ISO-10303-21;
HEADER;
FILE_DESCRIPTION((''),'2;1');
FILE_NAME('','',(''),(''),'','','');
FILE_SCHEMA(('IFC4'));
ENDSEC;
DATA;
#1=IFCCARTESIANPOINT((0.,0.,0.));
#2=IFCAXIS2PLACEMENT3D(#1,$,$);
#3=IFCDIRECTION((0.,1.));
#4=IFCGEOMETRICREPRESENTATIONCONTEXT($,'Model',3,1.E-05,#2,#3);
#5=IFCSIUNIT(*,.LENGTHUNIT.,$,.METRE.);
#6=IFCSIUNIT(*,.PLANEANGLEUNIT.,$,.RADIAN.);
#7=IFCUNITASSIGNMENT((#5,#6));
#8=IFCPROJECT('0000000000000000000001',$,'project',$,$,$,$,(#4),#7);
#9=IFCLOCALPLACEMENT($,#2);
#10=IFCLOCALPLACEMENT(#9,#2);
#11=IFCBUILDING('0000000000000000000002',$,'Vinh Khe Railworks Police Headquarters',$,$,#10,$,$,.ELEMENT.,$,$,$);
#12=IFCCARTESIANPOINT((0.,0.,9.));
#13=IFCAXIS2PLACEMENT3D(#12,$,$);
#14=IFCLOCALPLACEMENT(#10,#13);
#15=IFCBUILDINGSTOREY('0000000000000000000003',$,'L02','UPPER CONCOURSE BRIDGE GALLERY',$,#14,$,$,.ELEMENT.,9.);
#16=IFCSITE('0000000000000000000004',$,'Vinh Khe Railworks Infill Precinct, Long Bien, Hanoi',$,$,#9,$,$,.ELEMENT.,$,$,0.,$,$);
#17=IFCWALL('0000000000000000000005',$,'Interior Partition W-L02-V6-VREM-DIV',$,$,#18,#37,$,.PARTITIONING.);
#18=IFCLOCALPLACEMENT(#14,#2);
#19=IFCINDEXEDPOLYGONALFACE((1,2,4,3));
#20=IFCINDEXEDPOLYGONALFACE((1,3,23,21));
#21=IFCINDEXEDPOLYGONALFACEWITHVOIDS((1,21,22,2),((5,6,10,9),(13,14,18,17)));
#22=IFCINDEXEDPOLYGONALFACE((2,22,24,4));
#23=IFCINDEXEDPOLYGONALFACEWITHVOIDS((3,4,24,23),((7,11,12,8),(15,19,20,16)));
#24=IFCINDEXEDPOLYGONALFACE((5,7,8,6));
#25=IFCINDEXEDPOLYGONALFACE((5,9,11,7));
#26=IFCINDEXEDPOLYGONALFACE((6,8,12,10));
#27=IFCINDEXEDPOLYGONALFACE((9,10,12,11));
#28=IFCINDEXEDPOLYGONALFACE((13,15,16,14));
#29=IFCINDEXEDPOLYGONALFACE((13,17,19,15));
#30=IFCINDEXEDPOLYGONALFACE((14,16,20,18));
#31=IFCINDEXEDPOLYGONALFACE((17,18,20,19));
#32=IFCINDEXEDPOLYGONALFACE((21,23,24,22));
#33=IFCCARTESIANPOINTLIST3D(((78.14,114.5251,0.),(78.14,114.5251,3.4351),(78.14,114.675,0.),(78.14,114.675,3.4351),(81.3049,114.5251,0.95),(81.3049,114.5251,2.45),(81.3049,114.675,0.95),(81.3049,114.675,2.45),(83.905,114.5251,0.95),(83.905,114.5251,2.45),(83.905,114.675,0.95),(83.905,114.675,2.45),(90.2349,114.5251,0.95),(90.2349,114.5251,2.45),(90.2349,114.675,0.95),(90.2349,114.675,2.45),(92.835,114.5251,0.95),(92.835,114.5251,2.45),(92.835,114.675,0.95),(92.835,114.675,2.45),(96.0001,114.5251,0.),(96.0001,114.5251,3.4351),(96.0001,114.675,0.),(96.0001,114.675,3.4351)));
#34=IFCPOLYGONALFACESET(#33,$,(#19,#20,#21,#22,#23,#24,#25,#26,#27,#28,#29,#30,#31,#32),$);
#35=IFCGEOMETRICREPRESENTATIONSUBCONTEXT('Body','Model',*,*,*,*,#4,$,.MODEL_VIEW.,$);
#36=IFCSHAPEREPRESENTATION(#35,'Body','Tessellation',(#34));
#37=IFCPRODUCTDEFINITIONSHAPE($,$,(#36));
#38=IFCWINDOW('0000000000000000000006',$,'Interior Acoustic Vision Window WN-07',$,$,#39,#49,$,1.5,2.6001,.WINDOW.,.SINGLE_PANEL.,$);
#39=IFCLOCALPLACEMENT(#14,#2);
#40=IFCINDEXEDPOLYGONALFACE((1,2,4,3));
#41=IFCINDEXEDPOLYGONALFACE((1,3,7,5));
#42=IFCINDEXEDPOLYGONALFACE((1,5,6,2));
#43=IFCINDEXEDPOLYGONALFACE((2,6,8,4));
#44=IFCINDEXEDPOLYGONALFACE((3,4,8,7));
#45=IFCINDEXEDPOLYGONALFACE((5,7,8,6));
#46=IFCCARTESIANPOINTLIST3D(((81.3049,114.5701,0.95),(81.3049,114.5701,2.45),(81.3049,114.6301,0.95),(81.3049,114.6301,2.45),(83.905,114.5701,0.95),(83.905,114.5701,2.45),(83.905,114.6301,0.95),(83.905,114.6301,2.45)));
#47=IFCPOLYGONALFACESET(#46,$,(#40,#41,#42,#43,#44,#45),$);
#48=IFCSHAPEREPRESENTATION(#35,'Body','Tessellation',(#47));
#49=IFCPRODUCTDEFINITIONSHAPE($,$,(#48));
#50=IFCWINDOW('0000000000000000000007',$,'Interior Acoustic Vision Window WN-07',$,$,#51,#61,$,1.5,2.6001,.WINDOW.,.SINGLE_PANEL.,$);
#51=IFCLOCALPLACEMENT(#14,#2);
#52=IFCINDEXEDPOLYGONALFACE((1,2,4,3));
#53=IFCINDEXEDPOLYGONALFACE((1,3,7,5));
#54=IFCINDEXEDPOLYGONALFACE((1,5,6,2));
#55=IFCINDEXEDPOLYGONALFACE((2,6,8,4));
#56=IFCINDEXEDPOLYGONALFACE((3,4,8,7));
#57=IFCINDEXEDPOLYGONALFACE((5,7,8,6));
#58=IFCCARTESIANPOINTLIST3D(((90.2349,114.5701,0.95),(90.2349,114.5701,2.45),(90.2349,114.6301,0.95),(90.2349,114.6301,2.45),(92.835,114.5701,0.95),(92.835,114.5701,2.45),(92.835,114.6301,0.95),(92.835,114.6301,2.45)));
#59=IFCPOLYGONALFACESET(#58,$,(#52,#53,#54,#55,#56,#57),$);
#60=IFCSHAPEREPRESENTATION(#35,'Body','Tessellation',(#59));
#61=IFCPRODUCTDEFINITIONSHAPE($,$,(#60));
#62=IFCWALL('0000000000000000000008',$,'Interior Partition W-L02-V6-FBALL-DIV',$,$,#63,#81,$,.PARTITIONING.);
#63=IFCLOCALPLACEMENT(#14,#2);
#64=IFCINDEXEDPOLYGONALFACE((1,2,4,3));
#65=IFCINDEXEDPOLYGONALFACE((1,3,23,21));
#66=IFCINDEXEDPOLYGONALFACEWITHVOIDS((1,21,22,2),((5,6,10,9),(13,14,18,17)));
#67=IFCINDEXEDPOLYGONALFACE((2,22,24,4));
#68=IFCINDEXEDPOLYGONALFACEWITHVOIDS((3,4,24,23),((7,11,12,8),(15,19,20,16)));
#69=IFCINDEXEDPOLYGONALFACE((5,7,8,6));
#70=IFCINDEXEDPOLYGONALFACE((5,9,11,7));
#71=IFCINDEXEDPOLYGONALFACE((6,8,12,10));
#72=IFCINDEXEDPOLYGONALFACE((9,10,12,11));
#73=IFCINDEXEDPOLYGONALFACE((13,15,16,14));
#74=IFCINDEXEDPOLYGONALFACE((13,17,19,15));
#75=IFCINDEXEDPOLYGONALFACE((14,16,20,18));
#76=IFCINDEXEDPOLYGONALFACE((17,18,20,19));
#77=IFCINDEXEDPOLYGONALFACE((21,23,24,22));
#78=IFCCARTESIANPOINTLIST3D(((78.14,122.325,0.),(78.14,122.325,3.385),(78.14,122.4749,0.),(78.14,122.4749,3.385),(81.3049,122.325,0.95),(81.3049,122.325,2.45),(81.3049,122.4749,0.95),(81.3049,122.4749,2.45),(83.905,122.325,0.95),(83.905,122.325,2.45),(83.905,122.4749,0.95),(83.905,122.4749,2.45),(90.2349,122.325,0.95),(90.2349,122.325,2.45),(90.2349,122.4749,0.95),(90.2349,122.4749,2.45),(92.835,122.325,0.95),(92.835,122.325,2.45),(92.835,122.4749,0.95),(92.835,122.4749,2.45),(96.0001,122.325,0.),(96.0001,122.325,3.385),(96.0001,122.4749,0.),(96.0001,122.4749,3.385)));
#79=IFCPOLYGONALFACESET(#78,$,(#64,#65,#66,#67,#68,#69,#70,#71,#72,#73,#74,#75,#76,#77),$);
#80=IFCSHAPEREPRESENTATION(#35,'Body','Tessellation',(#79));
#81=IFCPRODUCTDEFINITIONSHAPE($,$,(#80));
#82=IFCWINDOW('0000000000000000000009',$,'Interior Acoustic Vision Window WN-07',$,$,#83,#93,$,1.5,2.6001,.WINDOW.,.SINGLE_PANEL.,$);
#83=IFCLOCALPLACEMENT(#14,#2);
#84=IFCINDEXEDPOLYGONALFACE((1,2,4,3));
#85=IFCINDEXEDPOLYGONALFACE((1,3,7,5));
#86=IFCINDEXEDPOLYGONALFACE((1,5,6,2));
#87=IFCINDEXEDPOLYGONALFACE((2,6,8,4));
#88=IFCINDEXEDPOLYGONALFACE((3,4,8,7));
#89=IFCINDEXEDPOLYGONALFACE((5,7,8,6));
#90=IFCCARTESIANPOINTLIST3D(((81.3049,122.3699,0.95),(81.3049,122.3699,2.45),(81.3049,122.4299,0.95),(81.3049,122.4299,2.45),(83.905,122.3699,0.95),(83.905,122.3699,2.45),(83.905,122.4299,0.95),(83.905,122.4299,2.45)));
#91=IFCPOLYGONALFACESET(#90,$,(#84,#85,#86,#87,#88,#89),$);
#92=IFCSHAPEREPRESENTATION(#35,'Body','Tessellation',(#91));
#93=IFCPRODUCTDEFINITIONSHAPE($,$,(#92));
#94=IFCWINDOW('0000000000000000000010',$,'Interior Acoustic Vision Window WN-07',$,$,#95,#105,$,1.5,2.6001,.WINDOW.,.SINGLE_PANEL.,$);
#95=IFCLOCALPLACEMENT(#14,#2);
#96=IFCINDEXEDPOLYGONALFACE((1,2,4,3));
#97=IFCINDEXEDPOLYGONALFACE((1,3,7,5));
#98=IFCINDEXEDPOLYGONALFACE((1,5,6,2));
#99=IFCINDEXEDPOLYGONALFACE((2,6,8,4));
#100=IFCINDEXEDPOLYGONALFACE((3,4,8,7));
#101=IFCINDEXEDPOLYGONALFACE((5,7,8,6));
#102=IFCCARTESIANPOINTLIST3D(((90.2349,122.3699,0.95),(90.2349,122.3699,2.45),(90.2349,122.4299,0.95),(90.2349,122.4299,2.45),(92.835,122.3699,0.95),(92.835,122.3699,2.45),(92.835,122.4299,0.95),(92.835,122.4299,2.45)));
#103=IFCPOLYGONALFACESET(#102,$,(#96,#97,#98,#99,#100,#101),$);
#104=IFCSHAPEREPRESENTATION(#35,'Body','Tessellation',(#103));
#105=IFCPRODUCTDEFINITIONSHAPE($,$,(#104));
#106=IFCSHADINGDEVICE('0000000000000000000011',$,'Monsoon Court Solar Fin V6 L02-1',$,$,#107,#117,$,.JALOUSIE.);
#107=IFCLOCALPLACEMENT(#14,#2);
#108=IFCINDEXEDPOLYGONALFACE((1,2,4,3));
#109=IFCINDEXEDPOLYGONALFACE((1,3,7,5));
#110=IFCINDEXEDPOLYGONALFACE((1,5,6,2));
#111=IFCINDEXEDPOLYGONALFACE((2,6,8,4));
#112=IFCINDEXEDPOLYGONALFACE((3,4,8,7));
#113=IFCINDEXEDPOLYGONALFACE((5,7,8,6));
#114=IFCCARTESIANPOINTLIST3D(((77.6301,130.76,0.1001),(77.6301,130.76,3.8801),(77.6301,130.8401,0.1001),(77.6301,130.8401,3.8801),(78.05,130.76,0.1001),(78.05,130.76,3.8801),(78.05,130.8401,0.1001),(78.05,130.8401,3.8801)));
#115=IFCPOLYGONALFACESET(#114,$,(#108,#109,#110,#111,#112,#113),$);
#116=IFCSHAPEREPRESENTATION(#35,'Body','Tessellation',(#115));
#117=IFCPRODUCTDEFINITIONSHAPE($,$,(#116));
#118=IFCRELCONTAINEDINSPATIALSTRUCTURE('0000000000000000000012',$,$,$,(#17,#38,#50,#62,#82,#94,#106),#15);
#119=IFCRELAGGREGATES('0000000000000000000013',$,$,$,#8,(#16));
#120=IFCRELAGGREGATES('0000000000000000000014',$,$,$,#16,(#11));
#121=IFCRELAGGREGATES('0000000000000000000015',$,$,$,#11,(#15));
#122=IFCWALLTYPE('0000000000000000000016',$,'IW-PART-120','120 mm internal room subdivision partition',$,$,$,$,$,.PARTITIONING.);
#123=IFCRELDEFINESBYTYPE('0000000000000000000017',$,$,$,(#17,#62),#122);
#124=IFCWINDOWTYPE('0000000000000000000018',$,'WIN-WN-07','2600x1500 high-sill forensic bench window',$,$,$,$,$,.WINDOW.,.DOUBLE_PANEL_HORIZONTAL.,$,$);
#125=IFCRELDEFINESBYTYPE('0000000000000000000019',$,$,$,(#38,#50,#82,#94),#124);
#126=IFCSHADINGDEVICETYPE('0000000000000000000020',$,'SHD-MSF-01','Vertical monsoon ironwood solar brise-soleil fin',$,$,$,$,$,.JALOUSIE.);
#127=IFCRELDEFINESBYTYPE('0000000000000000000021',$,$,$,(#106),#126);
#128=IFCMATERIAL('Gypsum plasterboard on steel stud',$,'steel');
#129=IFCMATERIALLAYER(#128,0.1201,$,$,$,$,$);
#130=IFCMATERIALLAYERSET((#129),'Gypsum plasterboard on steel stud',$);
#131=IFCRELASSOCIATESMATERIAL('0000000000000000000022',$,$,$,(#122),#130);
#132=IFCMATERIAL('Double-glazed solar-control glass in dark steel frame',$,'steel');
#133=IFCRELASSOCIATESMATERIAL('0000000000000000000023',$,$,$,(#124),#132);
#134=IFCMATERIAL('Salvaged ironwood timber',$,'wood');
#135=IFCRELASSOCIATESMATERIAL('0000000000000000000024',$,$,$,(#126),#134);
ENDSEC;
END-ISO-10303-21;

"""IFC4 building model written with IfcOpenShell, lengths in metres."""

from ifc_helpers import new_model, si_unit, direction, frame, frame_2d, origin, origin_2d, place, context, subcontext, project, spatial, rectangle, extrude, material, layer, layer_set, type_object, element, fill, save


model = new_model("IFC4")

# Units and contexts
model_context = context("Model", 3, precision=1e-05, world=origin(), true_north=direction((0.0, 1.0)))
body_context = subcontext(model_context, "Body", "Model", "MODEL_VIEW")
ifc_project = project(units=[si_unit("LENGTHUNIT", "METRE"), si_unit("PLANEANGLEUNIT", "RADIAN")], contexts=[model_context])

# Site, building, storey
site_placement = place(None, origin())
site = spatial("IfcSite", under=ifc_project, at=site_placement, Name="Vinh Khe Railworks Infill Precinct, Long Bien, Hanoi", CompositionType="ELEMENT", RefElevation=0.0)
building_placement = place(site_placement, origin())
building = spatial("IfcBuilding", under=site, at=building_placement, Name="Vinh Khe Railworks Police Headquarters", CompositionType="ELEMENT")
storey_placement = place(building_placement, frame((0.0, 0.0, 9.0)))
storey = spatial("IfcBuildingStorey", under=building, at=storey_placement, Name="L02", Description="UPPER CONCOURSE BRIDGE GALLERY", CompositionType="ELEMENT", Elevation=9.0)

# Shared definitions
ifc_material_1 = material(Name="Double-glazed solar-control glass in dark steel frame", Category="steel")

# Walls, openings, windows
ifc_material_2 = material(Name="Gypsum plasterboard on steel stud", Category="steel")
ifc_layer_1 = layer(ifc_material_2, 0.1201)
ifc_layer_set_1 = layer_set([ifc_layer_1], Name="Gypsum plasterboard on steel stud")
wall_type_1 = type_object("IfcWallType", Name="IW-PART-120", Description="120 mm internal room subdivision partition", PredefinedType="PARTITIONING", material=ifc_layer_set_1)
wall_1_placement = place(storey_placement, frame((78.1399, 114.6001, 0.0), z_axis=(0.0, 0.0, 1.0), x_axis=(1.0, 0.0, 0.0)))
wall_1 = element("IfcWall", 1, at=wall_1_placement, inside=storey, type_object=wall_type_1, Name="Interior Partition W-L02-V6-VREM-DIV", PredefinedType="PARTITIONING", context=body_context, shape_type="SweptSolid", body=[
    extrude(rectangle(XDim=17.8601, YDim=0.1499, at=frame_2d((8.9302, 0.0))), origin(), (0.0, 0.0, 1.0), 3.4351),
])
opening_1_placement = place(wall_1_placement, frame((3.165, 0.0, 0.95)))
opening_1 = element("IfcOpeningElement", 2, at=opening_1_placement, cuts=wall_1, PredefinedType="OPENING", context=body_context, shape_type="SweptSolid", body=[
    extrude(rectangle(XDim=2.6001, YDim=1.5, at=frame_2d((1.3, 0.75))), frame((0.0, 0.0898, 0.0), z_axis=(0.0, -1.0, 0.0), x_axis=(1.0, 0.0, 0.0)), (0.0, 0.0, 1.0), 0.1797),
])
opening_2_placement = place(wall_1_placement, frame((12.095, 0.0, 0.95)))
opening_2 = element("IfcOpeningElement", 3, at=opening_2_placement, cuts=wall_1, PredefinedType="OPENING", context=body_context, shape_type="SweptSolid", body=[
    extrude(rectangle(XDim=2.6001, YDim=1.5, at=frame_2d((1.3, 0.75))), frame((0.0, 0.0898, 0.0), z_axis=(0.0, -1.0, 0.0), x_axis=(1.0, 0.0, 0.0)), (0.0, 0.0, 1.0), 0.1797),
])
window_type_1 = type_object("IfcWindowType", Name="WIN-WN-07", Description="2600x1500 high-sill forensic bench window", PartitioningType="DOUBLE_PANEL_HORIZONTAL", PredefinedType="WINDOW", material=ifc_material_1)
window_1_placement = place(opening_1_placement, origin())
window_1 = element("IfcWindow", 4, at=window_1_placement, inside=storey, type_object=window_type_1, Name="Interior Acoustic Vision Window WN-07", OverallHeight=1.5, OverallWidth=2.6001, PartitioningType="SINGLE_PANEL", PredefinedType="WINDOW", context=body_context, shape_type="SweptSolid", body=[
    extrude(rectangle(XDim=2.6001, YDim=1.5, at=frame_2d((1.3, 0.75))), frame((0.0, 0.03, 0.0), z_axis=(0.0, -1.0, 0.0), x_axis=(1.0, 0.0, 0.0)), (0.0, 0.0, 1.0), 0.0601),
])
fill(opening_1, window_1)
window_2_placement = place(opening_2_placement, origin())
window_2 = element("IfcWindow", 5, at=window_2_placement, inside=storey, type_object=window_type_1, Name="Interior Acoustic Vision Window WN-07", OverallHeight=1.5, OverallWidth=2.6001, PartitioningType="SINGLE_PANEL", PredefinedType="WINDOW", context=body_context, shape_type="SweptSolid", body=[
    extrude(rectangle(XDim=2.6001, YDim=1.5, at=frame_2d((1.3, 0.75))), frame((0.0, 0.03, 0.0), z_axis=(0.0, -1.0, 0.0), x_axis=(1.0, 0.0, 0.0)), (0.0, 0.0, 1.0), 0.0601),
])
fill(opening_2, window_2)
wall_2_placement = place(storey_placement, frame((78.1399, 122.3999, 0.0), z_axis=(0.0, 0.0, 1.0), x_axis=(1.0, 0.0, 0.0)))
wall_2 = element("IfcWall", 6, at=wall_2_placement, inside=storey, type_object=wall_type_1, Name="Interior Partition W-L02-V6-FBALL-DIV", PredefinedType="PARTITIONING", context=body_context, shape_type="SweptSolid", body=[
    extrude(rectangle(XDim=17.8601, YDim=0.1499, at=frame_2d((8.9302, 0.0))), origin(), (0.0, 0.0, 1.0), 3.385),
])
opening_3_placement = place(wall_2_placement, frame((3.165, 0.0, 0.95)))
opening_3 = element("IfcOpeningElement", 7, at=opening_3_placement, cuts=wall_2, PredefinedType="OPENING", context=body_context, shape_type="SweptSolid", body=[
    extrude(rectangle(XDim=2.6001, YDim=1.5, at=frame_2d((1.3, 0.75))), frame((0.0, 0.0898, 0.0), z_axis=(0.0, -1.0, 0.0), x_axis=(1.0, 0.0, 0.0)), (0.0, 0.0, 1.0), 0.1797),
])
opening_4_placement = place(wall_2_placement, frame((12.095, 0.0, 0.95)))
opening_4 = element("IfcOpeningElement", 8, at=opening_4_placement, cuts=wall_2, PredefinedType="OPENING", context=body_context, shape_type="SweptSolid", body=[
    extrude(rectangle(XDim=2.6001, YDim=1.5, at=frame_2d((1.3, 0.75))), frame((0.0, 0.0898, 0.0), z_axis=(0.0, -1.0, 0.0), x_axis=(1.0, 0.0, 0.0)), (0.0, 0.0, 1.0), 0.1797),
])
window_3_placement = place(opening_3_placement, origin())
window_3 = element("IfcWindow", 9, at=window_3_placement, inside=storey, type_object=window_type_1, Name="Interior Acoustic Vision Window WN-07", OverallHeight=1.5, OverallWidth=2.6001, PartitioningType="SINGLE_PANEL", PredefinedType="WINDOW", context=body_context, shape_type="SweptSolid", body=[
    extrude(rectangle(XDim=2.6001, YDim=1.5, at=frame_2d((1.3, 0.75))), frame((0.0, 0.03, 0.0), z_axis=(0.0, -1.0, 0.0), x_axis=(1.0, 0.0, 0.0)), (0.0, 0.0, 1.0), 0.0601),
])
fill(opening_3, window_3)
window_4_placement = place(opening_4_placement, origin())
window_4 = element("IfcWindow", 10, at=window_4_placement, inside=storey, type_object=window_type_1, Name="Interior Acoustic Vision Window WN-07", OverallHeight=1.5, OverallWidth=2.6001, PartitioningType="SINGLE_PANEL", PredefinedType="WINDOW", context=body_context, shape_type="SweptSolid", body=[
    extrude(rectangle(XDim=2.6001, YDim=1.5, at=frame_2d((1.3, 0.75))), frame((0.0, 0.03, 0.0), z_axis=(0.0, -1.0, 0.0), x_axis=(1.0, 0.0, 0.0)), (0.0, 0.0, 1.0), 0.0601),
])
fill(opening_4, window_4)

# Shading device
ifc_material_3 = material(Name="Salvaged ironwood timber", Category="wood")
shading_device_type = type_object("IfcShadingDeviceType", Name="SHD-MSF-01", Description="Vertical monsoon ironwood solar brise-soleil fin", PredefinedType="JALOUSIE", material=ifc_material_3)
shading_device_placement = place(storey_placement, frame((77.8401, 130.8, 0.1001), z_axis=(0.0, 0.0, 1.0), x_axis=(1.0, 0.0, 0.0)))
element("IfcShadingDevice", 11, at=shading_device_placement, inside=storey, type_object=shading_device_type, Name="Monsoon Court Solar Fin V6 L02-1", PredefinedType="JALOUSIE", context=body_context, shape_type="SweptSolid", body=[
    extrude(rectangle(XDim=0.4199, YDim=0.0801, at=origin_2d()), origin(), (0.0, 0.0, 1.0), 3.78),
])

save(model, "model.ifc")
